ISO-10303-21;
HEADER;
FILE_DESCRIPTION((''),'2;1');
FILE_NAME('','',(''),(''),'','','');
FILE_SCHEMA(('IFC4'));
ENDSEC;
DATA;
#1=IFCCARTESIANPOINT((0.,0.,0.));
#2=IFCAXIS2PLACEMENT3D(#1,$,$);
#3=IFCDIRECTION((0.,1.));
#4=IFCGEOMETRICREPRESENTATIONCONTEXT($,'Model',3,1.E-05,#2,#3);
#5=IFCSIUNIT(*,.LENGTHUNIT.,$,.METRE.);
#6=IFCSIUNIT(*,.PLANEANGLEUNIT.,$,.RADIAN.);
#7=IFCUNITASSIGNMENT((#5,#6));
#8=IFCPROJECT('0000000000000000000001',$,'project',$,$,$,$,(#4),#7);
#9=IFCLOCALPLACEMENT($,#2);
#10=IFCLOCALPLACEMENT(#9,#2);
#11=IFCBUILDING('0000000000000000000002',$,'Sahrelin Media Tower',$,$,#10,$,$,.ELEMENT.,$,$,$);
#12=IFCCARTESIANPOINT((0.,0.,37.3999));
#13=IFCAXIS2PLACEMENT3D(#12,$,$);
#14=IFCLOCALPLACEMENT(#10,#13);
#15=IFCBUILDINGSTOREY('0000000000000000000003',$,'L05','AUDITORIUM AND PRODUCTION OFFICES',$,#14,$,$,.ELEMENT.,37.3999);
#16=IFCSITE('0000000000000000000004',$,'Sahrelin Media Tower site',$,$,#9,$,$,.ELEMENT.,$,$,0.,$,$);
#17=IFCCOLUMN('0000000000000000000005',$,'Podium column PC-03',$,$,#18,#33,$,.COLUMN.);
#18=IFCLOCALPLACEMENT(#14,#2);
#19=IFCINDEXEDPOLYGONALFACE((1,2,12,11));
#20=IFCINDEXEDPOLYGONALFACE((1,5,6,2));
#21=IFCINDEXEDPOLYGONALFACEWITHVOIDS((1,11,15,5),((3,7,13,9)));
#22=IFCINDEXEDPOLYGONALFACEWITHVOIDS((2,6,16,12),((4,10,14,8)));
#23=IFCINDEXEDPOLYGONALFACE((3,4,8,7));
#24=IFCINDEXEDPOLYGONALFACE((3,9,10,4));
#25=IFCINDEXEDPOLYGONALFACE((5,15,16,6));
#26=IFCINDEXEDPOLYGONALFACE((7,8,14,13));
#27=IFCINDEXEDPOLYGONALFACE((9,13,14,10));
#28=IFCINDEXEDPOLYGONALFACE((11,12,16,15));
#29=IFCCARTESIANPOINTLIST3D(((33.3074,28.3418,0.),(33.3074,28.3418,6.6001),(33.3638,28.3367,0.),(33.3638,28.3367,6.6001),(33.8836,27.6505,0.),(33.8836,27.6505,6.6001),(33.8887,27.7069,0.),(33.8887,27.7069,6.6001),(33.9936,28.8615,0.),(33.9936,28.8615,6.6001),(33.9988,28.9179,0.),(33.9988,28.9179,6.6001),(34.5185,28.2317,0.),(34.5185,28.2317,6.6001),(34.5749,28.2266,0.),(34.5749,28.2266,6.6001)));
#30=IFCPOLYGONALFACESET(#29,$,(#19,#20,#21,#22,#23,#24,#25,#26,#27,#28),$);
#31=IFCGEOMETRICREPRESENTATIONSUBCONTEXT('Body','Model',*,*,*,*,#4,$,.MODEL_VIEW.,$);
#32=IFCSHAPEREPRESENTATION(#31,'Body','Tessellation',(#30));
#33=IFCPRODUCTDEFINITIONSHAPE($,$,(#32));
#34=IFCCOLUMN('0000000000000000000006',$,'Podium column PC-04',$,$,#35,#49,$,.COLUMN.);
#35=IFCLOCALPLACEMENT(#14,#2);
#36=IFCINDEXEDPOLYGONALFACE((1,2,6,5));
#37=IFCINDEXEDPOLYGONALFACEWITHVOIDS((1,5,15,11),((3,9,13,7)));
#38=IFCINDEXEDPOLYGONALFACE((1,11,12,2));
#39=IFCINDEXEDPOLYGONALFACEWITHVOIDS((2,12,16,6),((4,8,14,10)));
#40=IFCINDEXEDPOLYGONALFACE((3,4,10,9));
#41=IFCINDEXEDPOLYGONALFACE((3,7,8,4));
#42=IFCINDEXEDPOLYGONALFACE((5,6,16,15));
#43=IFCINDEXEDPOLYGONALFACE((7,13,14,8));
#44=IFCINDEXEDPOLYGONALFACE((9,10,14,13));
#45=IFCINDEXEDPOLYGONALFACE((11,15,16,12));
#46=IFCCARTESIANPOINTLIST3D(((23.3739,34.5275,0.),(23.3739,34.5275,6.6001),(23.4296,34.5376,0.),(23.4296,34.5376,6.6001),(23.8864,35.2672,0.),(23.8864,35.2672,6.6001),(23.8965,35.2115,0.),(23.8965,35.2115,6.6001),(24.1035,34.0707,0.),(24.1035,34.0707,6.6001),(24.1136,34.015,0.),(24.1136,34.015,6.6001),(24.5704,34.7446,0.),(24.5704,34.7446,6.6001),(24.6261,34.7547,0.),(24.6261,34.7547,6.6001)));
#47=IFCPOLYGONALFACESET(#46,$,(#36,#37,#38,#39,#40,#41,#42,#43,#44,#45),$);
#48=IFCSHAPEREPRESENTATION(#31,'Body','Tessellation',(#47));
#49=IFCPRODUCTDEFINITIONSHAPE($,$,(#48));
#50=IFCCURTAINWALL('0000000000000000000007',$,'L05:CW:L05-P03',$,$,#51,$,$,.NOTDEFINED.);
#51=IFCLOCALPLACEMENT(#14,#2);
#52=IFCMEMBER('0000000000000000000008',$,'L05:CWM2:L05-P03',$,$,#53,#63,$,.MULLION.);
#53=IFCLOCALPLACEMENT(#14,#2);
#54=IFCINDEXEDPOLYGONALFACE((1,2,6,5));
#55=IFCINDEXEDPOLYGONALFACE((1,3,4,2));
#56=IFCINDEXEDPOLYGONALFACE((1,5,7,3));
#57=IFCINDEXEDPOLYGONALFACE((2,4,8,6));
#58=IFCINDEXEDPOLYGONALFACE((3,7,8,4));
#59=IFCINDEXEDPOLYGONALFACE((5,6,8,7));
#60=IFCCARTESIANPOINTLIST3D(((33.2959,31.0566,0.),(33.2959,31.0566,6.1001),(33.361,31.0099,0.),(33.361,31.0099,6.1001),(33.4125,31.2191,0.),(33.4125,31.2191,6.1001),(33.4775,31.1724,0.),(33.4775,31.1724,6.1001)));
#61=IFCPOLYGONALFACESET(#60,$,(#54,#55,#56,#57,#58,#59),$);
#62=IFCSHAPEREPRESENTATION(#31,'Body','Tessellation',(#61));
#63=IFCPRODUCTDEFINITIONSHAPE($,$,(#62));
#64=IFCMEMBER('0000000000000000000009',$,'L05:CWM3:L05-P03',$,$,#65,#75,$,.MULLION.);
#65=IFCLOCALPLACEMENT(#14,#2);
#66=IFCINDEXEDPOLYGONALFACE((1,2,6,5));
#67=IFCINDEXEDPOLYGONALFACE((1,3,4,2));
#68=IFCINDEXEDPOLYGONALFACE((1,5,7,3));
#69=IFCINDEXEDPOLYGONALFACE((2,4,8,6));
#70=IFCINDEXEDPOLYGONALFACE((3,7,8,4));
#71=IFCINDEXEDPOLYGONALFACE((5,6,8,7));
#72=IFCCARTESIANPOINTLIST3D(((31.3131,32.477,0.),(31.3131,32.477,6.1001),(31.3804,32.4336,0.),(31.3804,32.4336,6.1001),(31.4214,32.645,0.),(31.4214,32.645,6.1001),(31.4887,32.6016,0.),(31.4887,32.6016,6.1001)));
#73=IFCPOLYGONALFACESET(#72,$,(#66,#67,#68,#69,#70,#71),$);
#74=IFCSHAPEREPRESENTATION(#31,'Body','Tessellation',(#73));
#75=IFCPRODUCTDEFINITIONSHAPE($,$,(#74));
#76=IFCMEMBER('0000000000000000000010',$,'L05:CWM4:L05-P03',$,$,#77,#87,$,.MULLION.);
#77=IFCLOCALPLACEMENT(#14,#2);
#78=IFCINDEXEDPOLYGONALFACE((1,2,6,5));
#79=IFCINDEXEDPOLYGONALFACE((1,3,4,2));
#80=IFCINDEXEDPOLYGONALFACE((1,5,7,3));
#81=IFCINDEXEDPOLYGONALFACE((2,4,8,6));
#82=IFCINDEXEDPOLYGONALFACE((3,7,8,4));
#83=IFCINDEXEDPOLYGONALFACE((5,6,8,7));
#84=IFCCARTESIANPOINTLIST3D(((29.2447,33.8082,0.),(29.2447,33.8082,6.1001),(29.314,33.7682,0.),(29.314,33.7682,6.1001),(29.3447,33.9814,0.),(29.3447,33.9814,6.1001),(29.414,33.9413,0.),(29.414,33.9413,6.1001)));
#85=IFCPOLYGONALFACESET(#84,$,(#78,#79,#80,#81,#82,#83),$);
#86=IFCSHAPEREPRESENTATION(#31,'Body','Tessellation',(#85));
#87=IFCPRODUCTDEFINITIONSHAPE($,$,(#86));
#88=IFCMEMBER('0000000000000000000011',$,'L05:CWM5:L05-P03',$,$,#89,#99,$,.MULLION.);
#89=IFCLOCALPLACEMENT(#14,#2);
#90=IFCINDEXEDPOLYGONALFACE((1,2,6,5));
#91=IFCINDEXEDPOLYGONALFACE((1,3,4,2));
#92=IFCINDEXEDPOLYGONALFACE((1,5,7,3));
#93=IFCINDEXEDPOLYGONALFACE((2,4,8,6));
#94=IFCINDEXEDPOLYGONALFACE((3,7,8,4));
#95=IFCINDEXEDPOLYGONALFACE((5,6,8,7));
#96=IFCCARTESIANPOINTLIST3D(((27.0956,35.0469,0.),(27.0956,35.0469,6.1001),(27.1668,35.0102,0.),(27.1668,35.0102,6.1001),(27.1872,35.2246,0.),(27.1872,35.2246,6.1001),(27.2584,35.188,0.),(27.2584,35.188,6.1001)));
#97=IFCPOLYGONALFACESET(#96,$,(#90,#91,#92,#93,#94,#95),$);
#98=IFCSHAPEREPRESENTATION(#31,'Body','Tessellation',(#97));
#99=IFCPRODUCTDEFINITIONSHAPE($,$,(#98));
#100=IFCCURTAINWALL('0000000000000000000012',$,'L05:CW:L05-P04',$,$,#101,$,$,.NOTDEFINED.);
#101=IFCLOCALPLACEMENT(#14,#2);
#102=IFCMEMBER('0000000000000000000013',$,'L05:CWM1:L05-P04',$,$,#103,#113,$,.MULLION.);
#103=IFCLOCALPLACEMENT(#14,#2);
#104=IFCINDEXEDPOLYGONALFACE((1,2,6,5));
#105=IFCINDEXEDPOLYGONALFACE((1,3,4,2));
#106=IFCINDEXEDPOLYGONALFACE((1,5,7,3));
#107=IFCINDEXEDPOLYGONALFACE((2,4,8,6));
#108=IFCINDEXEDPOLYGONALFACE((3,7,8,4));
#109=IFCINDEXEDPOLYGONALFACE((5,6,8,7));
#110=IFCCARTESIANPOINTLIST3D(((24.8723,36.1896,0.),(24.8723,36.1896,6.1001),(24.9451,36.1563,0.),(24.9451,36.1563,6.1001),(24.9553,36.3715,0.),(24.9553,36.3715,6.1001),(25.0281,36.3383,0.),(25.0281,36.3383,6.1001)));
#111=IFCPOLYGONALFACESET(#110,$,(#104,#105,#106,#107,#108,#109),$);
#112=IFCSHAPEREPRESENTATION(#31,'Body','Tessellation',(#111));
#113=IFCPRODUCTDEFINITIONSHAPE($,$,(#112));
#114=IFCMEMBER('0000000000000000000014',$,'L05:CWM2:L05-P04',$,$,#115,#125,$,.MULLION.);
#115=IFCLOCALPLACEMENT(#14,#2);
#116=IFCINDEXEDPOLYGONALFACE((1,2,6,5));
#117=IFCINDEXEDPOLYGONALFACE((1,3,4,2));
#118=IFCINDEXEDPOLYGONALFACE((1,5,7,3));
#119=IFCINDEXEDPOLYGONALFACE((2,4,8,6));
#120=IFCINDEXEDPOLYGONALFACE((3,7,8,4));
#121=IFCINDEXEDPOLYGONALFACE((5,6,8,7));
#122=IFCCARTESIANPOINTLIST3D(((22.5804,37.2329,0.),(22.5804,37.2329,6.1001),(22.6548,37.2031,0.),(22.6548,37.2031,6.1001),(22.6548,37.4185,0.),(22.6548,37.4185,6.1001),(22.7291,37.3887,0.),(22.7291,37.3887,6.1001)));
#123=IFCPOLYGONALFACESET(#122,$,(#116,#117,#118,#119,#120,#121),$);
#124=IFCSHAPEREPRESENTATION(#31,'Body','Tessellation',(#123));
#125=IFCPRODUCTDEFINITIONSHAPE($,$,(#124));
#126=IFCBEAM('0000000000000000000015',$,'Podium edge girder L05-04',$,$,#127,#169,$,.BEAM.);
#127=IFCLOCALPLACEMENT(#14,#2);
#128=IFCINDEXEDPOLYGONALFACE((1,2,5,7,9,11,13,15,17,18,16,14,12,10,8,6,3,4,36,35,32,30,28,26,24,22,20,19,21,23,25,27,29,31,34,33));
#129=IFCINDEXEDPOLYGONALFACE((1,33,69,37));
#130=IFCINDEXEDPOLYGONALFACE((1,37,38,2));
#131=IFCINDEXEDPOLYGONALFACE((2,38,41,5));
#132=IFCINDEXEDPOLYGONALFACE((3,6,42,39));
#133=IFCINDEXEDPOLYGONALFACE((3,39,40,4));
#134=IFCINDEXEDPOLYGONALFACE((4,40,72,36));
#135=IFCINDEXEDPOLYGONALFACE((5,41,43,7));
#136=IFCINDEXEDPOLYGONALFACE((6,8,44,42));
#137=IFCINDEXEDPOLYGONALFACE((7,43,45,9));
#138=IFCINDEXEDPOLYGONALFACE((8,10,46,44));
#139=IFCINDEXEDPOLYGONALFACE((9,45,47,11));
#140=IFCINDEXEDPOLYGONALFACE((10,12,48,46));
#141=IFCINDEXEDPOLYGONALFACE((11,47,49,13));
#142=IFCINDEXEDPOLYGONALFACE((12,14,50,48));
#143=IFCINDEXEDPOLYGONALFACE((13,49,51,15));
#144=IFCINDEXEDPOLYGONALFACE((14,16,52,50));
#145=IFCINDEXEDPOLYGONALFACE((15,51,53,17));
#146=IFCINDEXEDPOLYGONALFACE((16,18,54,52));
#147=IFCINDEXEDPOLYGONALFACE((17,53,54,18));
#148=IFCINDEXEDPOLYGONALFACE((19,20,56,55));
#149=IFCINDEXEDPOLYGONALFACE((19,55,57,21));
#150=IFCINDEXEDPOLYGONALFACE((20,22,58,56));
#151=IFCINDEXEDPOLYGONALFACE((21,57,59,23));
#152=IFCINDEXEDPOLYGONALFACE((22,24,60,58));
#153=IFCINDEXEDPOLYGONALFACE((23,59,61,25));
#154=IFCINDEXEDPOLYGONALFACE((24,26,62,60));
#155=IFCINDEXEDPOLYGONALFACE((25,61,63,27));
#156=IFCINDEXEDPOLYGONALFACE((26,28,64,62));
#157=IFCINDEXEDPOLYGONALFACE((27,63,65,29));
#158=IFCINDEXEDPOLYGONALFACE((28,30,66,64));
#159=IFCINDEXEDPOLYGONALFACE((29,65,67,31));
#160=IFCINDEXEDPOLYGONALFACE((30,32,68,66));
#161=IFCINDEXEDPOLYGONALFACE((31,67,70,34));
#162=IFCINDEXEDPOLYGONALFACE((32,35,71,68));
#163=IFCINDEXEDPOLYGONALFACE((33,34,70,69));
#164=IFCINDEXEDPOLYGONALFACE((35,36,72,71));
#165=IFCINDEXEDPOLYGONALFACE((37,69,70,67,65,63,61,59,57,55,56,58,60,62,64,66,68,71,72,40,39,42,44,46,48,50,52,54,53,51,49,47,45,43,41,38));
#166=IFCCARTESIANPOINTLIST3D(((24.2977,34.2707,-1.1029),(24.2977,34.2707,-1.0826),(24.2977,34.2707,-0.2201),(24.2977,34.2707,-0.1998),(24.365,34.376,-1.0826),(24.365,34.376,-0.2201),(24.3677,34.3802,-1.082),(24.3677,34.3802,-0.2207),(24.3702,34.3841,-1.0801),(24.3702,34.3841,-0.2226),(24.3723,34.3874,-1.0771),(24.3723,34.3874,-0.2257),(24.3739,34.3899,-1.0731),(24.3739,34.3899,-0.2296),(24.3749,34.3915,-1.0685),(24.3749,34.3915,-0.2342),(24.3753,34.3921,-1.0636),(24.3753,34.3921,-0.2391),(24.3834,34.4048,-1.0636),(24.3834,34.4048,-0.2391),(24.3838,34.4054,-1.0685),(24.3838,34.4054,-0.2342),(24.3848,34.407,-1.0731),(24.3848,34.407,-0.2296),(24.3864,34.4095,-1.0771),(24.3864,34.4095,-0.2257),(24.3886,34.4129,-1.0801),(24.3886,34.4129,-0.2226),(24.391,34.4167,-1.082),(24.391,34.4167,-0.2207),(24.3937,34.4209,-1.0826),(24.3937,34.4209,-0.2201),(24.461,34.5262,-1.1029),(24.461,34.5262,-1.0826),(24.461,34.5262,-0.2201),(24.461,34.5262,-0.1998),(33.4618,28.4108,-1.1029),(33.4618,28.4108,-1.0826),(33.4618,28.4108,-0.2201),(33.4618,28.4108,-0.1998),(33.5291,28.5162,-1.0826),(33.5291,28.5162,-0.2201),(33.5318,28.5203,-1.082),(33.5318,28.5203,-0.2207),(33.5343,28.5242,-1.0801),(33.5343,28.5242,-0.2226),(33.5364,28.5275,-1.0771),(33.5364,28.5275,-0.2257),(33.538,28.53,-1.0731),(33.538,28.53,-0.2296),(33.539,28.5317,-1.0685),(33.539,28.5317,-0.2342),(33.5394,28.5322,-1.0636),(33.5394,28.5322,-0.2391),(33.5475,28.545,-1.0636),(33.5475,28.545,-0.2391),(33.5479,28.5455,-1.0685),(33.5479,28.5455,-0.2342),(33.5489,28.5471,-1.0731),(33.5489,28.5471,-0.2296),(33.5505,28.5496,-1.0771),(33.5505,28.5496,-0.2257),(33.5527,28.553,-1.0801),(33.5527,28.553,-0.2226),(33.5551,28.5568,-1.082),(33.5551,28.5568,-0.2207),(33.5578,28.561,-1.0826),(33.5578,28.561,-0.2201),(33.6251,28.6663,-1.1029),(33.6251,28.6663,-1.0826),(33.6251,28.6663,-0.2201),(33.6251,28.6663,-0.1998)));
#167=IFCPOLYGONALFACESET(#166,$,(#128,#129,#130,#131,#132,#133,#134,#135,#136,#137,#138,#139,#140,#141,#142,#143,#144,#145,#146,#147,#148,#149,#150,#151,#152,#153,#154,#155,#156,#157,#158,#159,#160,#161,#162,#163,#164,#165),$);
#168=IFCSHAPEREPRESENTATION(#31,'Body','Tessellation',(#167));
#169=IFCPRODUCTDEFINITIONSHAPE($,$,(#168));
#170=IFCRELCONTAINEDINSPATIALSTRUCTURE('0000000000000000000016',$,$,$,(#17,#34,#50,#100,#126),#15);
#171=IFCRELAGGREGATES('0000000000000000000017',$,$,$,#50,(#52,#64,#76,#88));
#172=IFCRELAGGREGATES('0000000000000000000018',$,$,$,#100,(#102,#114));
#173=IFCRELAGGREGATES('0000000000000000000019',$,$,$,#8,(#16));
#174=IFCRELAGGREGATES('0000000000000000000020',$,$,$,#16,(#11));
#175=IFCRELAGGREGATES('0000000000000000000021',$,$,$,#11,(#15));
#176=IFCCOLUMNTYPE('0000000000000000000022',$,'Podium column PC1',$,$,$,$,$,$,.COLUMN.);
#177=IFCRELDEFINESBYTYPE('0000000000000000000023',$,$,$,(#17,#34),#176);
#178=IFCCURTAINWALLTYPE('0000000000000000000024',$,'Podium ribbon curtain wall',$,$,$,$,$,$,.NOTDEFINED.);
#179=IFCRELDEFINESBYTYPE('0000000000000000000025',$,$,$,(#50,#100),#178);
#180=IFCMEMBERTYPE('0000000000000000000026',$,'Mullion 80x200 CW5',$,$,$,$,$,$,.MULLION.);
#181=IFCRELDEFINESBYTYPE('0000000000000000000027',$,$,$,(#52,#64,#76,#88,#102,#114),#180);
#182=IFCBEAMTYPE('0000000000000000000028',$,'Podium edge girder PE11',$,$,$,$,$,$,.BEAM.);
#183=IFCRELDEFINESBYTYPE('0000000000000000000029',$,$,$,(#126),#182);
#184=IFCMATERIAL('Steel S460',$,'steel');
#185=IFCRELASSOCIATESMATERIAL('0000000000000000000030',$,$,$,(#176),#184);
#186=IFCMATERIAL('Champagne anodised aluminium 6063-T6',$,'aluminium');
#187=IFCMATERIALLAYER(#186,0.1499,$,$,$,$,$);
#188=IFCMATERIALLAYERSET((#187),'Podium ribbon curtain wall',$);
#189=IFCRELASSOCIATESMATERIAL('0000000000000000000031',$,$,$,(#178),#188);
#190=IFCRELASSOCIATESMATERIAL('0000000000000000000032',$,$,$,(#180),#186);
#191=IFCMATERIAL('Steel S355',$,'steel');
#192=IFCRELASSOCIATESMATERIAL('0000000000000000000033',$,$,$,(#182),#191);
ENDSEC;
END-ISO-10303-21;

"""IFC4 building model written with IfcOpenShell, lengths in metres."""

from ifc_helpers import new_model, si_unit, direction, frame, origin, origin_2d, place, context, subcontext, project, spatial, rectangle, hollow_rectangle, i_section, extrude, material, layer, layer_set, material_profile, profile_set, type_object, element, aggregate, save


model = new_model("IFC4")

# Units and contexts
model_context = context("Model", 3, precision=1e-05, world=origin(), true_north=direction((0.0, 1.0)))
body_context = subcontext(model_context, "Body", "Model", "MODEL_VIEW")
ifc_project = project(units=[si_unit("LENGTHUNIT", "METRE"), si_unit("PLANEANGLEUNIT", "RADIAN")], contexts=[model_context])

# Site, building, storey
site_placement = place(None, origin())
site = spatial("IfcSite", under=ifc_project, at=site_placement, Name="Sahrelin Media Tower site", CompositionType="ELEMENT", RefElevation=0.0)
building_placement = place(site_placement, origin())
building = spatial("IfcBuilding", under=site, at=building_placement, Name="Sahrelin Media Tower", CompositionType="ELEMENT")
storey_placement = place(building_placement, frame((0.0, 0.0, 37.3999)))
storey = spatial("IfcBuildingStorey", under=building, at=storey_placement, Name="L05", Description="AUDITORIUM AND PRODUCTION OFFICES", CompositionType="ELEMENT", Elevation=37.3999)

# Columns
ifc_material_1 = material(Name="Steel S460", Category="steel")
ifc_material_profile_1 = material_profile(ifc_material_1, hollow_rectangle(XDim=0.8999, YDim=0.8999, WallThickness=0.04, at=origin_2d()), Name="Podium column PC1")
ifc_profile_set_1 = profile_set([ifc_material_profile_1], Name="Steel S460")
column_type = type_object("IfcColumnType", Name="Podium column PC1", PredefinedType="COLUMN", material=ifc_profile_set_1)
for number, where, z_axis, x_axis, name in (
    (1, (33.9412, 28.2842, 0.0), (0.0, 0.0, 1.0), (0.768221, 0.640185, 0.0), "Podium column PC-03"),
    (2, (24.0, 34.6411, 0.0), (0.0, 0.0, 1.0), (0.569495, 0.821995, 0.0), "Podium column PC-04"),
):
    element("IfcColumn", number, at=place(storey_placement, frame(where, z_axis=z_axis, x_axis=x_axis)), inside=storey, type_object=column_type, Name=name, PredefinedType="COLUMN", context=body_context, shape_type="SweptSolid", body=[
        extrude(hollow_rectangle(XDim=0.8999, YDim=0.8999, WallThickness=0.04, at=origin_2d()), origin(), (0.0, 0.0, 1.0), 6.6001),
    ])

# Curtain walls, members
ifc_material_2 = material(Name="Champagne anodised aluminium 6063-T6", Category="aluminium")
ifc_layer_1 = layer(ifc_material_2, 0.1499)
ifc_layer_set_1 = layer_set([ifc_layer_1], Name="Podium ribbon curtain wall")
curtain_wall_type = type_object("IfcCurtainWallType", Name="Podium ribbon curtain wall", PredefinedType="NOTDEFINED", material=ifc_layer_set_1)
curtain_wall_1_placement = place(storey_placement, frame((35.3552, 29.6985, 0.0), z_axis=(0.0, 0.0, 1.0), x_axis=(1.0, 0.0, 0.0)))
curtain_wall_1 = element("IfcCurtainWall", 3, at=curtain_wall_1_placement, inside=storey, type_object=curtain_wall_type, Name="L05:CW:L05-P03", PredefinedType="NOTDEFINED")
ifc_material_profile_2 = material_profile(ifc_material_2, rectangle(XDim=0.0801, YDim=0.2, at=origin_2d()), Name="Mullion 80x200")
ifc_profile_set_2 = profile_set([ifc_material_profile_2], Name="Champagne anodised aluminium 6063-T6")
member_type_1 = type_object("IfcMemberType", Name="Mullion 80x200 CW5", PredefinedType="MULLION", material=ifc_profile_set_2)
member_1_placement = place(storey_placement, frame((33.3867, 31.1145, 0.0), z_axis=(0.0, 0.0, 1.0), x_axis=(-0.812532, 0.582916, 0.0)))
member_1 = element("IfcMember", 4, at=member_1_placement, type_object=member_type_1, Name="L05:CWM2:L05-P03", PredefinedType="MULLION", context=body_context, shape_type="SweptSolid", body=[
    extrude(rectangle(XDim=0.0801, YDim=0.2, at=origin_2d()), origin(), (0.0, 0.0, 1.0), 6.1001),
])
member_2_placement = place(storey_placement, frame((31.4009, 32.5393, 0.0), z_axis=(0.0, 0.0, 1.0), x_axis=(-0.840519, 0.541782, 0.0)))
member_2 = element("IfcMember", 5, at=member_2_placement, type_object=member_type_1, Name="L05:CWM3:L05-P03", PredefinedType="MULLION", context=body_context, shape_type="SweptSolid", body=[
    extrude(rectangle(XDim=0.0801, YDim=0.2, at=origin_2d()), origin(), (0.0, 0.0, 1.0), 6.1001),
])
member_3_placement = place(storey_placement, frame((29.3293, 33.8748, 0.0), z_axis=(0.0, 0.0, 1.0), x_axis=(-0.866029, 0.499994, 0.0)))
member_3 = element("IfcMember", 6, at=member_3_placement, type_object=member_type_1, Name="L05:CWM4:L05-P03", PredefinedType="MULLION", context=body_context, shape_type="SweptSolid", body=[
    extrude(rectangle(XDim=0.0801, YDim=0.2, at=origin_2d()), origin(), (0.0, 0.0, 1.0), 6.1001),
])
member_4_placement = place(storey_placement, frame((27.177, 35.1174, 0.0), z_axis=(0.0, 0.0, 1.0), x_axis=(-0.889123, 0.457668, 0.0)))
member_4 = element("IfcMember", 7, at=member_4_placement, type_object=member_type_1, Name="L05:CWM5:L05-P03", PredefinedType="MULLION", context=body_context, shape_type="SweptSolid", body=[
    extrude(rectangle(XDim=0.0801, YDim=0.2, at=origin_2d()), origin(), (0.0, 0.0, 1.0), 6.1001),
])
curtain_wall_2_placement = place(storey_placement, frame((25.0, 36.373, 0.0), z_axis=(0.0, 0.0, 1.0), x_axis=(1.0, 0.0, 0.0)))
curtain_wall_2 = element("IfcCurtainWall", 8, at=curtain_wall_2_placement, inside=storey, type_object=curtain_wall_type, Name="L05:CW:L05-P04", PredefinedType="NOTDEFINED")
member_5_placement = place(storey_placement, frame((24.9502, 36.2639, 0.0), z_axis=(0.0, 0.0, 1.0), x_axis=(-0.909842, 0.414955, 0.0)))
member_5 = element("IfcMember", 9, at=member_5_placement, type_object=member_type_1, Name="L05:CWM1:L05-P04", PredefinedType="MULLION", context=body_context, shape_type="SweptSolid", body=[
    extrude(rectangle(XDim=0.0801, YDim=0.2, at=origin_2d()), origin(), (0.0, 0.0, 1.0), 6.1001),
])
member_6_placement = place(storey_placement, frame((22.6548, 37.3108, 0.0), z_axis=(0.0, 0.0, 1.0), x_axis=(-0.92827, 0.371906, 0.0)))
member_6 = element("IfcMember", 10, at=member_6_placement, type_object=member_type_1, Name="L05:CWM2:L05-P04", PredefinedType="MULLION", context=body_context, shape_type="SweptSolid", body=[
    extrude(rectangle(XDim=0.0801, YDim=0.2, at=origin_2d()), origin(), (0.0, 0.0, 1.0), 6.1001),
])

# Beam
ifc_material_3 = material(Name="Steel S355", Category="steel")
ifc_material_profile_3 = material_profile(ifc_material_3, i_section(OverallWidth=0.3032, OverallDepth=0.9031, WebThickness=0.0151, FlangeThickness=0.0203, FilletRadius=0.019, at=origin_2d()), Name="UB 914x305x201")
ifc_profile_set_3 = profile_set([ifc_material_profile_3], Name="Steel S355")
beam_type = type_object("IfcBeamType", Name="Podium edge girder PE11", PredefinedType="BEAM", material=ifc_profile_set_3)
beam_1_placement = place(storey_placement, frame((33.5435, 28.5386, -0.6514), z_axis=(-0.842486, 0.538719, 0.0), x_axis=(-0.538719, -0.842486, 0.0)))
element("IfcBeam", 11, at=beam_1_placement, inside=storey, type_object=beam_type, Name="Podium edge girder L05-04", PredefinedType="BEAM", context=body_context, shape_type="SweptSolid", body=[
    extrude(i_section(OverallWidth=0.3032, OverallDepth=0.9031, WebThickness=0.0151, FlangeThickness=0.0203, FilletRadius=0.019, at=origin_2d()), origin(), (0.0, 0.0, 1.0), 10.8774),
])

aggregate(curtain_wall_1, [member_1, member_2, member_3, member_4])
aggregate(curtain_wall_2, [member_5, member_6])

save(model, "model.ifc")
